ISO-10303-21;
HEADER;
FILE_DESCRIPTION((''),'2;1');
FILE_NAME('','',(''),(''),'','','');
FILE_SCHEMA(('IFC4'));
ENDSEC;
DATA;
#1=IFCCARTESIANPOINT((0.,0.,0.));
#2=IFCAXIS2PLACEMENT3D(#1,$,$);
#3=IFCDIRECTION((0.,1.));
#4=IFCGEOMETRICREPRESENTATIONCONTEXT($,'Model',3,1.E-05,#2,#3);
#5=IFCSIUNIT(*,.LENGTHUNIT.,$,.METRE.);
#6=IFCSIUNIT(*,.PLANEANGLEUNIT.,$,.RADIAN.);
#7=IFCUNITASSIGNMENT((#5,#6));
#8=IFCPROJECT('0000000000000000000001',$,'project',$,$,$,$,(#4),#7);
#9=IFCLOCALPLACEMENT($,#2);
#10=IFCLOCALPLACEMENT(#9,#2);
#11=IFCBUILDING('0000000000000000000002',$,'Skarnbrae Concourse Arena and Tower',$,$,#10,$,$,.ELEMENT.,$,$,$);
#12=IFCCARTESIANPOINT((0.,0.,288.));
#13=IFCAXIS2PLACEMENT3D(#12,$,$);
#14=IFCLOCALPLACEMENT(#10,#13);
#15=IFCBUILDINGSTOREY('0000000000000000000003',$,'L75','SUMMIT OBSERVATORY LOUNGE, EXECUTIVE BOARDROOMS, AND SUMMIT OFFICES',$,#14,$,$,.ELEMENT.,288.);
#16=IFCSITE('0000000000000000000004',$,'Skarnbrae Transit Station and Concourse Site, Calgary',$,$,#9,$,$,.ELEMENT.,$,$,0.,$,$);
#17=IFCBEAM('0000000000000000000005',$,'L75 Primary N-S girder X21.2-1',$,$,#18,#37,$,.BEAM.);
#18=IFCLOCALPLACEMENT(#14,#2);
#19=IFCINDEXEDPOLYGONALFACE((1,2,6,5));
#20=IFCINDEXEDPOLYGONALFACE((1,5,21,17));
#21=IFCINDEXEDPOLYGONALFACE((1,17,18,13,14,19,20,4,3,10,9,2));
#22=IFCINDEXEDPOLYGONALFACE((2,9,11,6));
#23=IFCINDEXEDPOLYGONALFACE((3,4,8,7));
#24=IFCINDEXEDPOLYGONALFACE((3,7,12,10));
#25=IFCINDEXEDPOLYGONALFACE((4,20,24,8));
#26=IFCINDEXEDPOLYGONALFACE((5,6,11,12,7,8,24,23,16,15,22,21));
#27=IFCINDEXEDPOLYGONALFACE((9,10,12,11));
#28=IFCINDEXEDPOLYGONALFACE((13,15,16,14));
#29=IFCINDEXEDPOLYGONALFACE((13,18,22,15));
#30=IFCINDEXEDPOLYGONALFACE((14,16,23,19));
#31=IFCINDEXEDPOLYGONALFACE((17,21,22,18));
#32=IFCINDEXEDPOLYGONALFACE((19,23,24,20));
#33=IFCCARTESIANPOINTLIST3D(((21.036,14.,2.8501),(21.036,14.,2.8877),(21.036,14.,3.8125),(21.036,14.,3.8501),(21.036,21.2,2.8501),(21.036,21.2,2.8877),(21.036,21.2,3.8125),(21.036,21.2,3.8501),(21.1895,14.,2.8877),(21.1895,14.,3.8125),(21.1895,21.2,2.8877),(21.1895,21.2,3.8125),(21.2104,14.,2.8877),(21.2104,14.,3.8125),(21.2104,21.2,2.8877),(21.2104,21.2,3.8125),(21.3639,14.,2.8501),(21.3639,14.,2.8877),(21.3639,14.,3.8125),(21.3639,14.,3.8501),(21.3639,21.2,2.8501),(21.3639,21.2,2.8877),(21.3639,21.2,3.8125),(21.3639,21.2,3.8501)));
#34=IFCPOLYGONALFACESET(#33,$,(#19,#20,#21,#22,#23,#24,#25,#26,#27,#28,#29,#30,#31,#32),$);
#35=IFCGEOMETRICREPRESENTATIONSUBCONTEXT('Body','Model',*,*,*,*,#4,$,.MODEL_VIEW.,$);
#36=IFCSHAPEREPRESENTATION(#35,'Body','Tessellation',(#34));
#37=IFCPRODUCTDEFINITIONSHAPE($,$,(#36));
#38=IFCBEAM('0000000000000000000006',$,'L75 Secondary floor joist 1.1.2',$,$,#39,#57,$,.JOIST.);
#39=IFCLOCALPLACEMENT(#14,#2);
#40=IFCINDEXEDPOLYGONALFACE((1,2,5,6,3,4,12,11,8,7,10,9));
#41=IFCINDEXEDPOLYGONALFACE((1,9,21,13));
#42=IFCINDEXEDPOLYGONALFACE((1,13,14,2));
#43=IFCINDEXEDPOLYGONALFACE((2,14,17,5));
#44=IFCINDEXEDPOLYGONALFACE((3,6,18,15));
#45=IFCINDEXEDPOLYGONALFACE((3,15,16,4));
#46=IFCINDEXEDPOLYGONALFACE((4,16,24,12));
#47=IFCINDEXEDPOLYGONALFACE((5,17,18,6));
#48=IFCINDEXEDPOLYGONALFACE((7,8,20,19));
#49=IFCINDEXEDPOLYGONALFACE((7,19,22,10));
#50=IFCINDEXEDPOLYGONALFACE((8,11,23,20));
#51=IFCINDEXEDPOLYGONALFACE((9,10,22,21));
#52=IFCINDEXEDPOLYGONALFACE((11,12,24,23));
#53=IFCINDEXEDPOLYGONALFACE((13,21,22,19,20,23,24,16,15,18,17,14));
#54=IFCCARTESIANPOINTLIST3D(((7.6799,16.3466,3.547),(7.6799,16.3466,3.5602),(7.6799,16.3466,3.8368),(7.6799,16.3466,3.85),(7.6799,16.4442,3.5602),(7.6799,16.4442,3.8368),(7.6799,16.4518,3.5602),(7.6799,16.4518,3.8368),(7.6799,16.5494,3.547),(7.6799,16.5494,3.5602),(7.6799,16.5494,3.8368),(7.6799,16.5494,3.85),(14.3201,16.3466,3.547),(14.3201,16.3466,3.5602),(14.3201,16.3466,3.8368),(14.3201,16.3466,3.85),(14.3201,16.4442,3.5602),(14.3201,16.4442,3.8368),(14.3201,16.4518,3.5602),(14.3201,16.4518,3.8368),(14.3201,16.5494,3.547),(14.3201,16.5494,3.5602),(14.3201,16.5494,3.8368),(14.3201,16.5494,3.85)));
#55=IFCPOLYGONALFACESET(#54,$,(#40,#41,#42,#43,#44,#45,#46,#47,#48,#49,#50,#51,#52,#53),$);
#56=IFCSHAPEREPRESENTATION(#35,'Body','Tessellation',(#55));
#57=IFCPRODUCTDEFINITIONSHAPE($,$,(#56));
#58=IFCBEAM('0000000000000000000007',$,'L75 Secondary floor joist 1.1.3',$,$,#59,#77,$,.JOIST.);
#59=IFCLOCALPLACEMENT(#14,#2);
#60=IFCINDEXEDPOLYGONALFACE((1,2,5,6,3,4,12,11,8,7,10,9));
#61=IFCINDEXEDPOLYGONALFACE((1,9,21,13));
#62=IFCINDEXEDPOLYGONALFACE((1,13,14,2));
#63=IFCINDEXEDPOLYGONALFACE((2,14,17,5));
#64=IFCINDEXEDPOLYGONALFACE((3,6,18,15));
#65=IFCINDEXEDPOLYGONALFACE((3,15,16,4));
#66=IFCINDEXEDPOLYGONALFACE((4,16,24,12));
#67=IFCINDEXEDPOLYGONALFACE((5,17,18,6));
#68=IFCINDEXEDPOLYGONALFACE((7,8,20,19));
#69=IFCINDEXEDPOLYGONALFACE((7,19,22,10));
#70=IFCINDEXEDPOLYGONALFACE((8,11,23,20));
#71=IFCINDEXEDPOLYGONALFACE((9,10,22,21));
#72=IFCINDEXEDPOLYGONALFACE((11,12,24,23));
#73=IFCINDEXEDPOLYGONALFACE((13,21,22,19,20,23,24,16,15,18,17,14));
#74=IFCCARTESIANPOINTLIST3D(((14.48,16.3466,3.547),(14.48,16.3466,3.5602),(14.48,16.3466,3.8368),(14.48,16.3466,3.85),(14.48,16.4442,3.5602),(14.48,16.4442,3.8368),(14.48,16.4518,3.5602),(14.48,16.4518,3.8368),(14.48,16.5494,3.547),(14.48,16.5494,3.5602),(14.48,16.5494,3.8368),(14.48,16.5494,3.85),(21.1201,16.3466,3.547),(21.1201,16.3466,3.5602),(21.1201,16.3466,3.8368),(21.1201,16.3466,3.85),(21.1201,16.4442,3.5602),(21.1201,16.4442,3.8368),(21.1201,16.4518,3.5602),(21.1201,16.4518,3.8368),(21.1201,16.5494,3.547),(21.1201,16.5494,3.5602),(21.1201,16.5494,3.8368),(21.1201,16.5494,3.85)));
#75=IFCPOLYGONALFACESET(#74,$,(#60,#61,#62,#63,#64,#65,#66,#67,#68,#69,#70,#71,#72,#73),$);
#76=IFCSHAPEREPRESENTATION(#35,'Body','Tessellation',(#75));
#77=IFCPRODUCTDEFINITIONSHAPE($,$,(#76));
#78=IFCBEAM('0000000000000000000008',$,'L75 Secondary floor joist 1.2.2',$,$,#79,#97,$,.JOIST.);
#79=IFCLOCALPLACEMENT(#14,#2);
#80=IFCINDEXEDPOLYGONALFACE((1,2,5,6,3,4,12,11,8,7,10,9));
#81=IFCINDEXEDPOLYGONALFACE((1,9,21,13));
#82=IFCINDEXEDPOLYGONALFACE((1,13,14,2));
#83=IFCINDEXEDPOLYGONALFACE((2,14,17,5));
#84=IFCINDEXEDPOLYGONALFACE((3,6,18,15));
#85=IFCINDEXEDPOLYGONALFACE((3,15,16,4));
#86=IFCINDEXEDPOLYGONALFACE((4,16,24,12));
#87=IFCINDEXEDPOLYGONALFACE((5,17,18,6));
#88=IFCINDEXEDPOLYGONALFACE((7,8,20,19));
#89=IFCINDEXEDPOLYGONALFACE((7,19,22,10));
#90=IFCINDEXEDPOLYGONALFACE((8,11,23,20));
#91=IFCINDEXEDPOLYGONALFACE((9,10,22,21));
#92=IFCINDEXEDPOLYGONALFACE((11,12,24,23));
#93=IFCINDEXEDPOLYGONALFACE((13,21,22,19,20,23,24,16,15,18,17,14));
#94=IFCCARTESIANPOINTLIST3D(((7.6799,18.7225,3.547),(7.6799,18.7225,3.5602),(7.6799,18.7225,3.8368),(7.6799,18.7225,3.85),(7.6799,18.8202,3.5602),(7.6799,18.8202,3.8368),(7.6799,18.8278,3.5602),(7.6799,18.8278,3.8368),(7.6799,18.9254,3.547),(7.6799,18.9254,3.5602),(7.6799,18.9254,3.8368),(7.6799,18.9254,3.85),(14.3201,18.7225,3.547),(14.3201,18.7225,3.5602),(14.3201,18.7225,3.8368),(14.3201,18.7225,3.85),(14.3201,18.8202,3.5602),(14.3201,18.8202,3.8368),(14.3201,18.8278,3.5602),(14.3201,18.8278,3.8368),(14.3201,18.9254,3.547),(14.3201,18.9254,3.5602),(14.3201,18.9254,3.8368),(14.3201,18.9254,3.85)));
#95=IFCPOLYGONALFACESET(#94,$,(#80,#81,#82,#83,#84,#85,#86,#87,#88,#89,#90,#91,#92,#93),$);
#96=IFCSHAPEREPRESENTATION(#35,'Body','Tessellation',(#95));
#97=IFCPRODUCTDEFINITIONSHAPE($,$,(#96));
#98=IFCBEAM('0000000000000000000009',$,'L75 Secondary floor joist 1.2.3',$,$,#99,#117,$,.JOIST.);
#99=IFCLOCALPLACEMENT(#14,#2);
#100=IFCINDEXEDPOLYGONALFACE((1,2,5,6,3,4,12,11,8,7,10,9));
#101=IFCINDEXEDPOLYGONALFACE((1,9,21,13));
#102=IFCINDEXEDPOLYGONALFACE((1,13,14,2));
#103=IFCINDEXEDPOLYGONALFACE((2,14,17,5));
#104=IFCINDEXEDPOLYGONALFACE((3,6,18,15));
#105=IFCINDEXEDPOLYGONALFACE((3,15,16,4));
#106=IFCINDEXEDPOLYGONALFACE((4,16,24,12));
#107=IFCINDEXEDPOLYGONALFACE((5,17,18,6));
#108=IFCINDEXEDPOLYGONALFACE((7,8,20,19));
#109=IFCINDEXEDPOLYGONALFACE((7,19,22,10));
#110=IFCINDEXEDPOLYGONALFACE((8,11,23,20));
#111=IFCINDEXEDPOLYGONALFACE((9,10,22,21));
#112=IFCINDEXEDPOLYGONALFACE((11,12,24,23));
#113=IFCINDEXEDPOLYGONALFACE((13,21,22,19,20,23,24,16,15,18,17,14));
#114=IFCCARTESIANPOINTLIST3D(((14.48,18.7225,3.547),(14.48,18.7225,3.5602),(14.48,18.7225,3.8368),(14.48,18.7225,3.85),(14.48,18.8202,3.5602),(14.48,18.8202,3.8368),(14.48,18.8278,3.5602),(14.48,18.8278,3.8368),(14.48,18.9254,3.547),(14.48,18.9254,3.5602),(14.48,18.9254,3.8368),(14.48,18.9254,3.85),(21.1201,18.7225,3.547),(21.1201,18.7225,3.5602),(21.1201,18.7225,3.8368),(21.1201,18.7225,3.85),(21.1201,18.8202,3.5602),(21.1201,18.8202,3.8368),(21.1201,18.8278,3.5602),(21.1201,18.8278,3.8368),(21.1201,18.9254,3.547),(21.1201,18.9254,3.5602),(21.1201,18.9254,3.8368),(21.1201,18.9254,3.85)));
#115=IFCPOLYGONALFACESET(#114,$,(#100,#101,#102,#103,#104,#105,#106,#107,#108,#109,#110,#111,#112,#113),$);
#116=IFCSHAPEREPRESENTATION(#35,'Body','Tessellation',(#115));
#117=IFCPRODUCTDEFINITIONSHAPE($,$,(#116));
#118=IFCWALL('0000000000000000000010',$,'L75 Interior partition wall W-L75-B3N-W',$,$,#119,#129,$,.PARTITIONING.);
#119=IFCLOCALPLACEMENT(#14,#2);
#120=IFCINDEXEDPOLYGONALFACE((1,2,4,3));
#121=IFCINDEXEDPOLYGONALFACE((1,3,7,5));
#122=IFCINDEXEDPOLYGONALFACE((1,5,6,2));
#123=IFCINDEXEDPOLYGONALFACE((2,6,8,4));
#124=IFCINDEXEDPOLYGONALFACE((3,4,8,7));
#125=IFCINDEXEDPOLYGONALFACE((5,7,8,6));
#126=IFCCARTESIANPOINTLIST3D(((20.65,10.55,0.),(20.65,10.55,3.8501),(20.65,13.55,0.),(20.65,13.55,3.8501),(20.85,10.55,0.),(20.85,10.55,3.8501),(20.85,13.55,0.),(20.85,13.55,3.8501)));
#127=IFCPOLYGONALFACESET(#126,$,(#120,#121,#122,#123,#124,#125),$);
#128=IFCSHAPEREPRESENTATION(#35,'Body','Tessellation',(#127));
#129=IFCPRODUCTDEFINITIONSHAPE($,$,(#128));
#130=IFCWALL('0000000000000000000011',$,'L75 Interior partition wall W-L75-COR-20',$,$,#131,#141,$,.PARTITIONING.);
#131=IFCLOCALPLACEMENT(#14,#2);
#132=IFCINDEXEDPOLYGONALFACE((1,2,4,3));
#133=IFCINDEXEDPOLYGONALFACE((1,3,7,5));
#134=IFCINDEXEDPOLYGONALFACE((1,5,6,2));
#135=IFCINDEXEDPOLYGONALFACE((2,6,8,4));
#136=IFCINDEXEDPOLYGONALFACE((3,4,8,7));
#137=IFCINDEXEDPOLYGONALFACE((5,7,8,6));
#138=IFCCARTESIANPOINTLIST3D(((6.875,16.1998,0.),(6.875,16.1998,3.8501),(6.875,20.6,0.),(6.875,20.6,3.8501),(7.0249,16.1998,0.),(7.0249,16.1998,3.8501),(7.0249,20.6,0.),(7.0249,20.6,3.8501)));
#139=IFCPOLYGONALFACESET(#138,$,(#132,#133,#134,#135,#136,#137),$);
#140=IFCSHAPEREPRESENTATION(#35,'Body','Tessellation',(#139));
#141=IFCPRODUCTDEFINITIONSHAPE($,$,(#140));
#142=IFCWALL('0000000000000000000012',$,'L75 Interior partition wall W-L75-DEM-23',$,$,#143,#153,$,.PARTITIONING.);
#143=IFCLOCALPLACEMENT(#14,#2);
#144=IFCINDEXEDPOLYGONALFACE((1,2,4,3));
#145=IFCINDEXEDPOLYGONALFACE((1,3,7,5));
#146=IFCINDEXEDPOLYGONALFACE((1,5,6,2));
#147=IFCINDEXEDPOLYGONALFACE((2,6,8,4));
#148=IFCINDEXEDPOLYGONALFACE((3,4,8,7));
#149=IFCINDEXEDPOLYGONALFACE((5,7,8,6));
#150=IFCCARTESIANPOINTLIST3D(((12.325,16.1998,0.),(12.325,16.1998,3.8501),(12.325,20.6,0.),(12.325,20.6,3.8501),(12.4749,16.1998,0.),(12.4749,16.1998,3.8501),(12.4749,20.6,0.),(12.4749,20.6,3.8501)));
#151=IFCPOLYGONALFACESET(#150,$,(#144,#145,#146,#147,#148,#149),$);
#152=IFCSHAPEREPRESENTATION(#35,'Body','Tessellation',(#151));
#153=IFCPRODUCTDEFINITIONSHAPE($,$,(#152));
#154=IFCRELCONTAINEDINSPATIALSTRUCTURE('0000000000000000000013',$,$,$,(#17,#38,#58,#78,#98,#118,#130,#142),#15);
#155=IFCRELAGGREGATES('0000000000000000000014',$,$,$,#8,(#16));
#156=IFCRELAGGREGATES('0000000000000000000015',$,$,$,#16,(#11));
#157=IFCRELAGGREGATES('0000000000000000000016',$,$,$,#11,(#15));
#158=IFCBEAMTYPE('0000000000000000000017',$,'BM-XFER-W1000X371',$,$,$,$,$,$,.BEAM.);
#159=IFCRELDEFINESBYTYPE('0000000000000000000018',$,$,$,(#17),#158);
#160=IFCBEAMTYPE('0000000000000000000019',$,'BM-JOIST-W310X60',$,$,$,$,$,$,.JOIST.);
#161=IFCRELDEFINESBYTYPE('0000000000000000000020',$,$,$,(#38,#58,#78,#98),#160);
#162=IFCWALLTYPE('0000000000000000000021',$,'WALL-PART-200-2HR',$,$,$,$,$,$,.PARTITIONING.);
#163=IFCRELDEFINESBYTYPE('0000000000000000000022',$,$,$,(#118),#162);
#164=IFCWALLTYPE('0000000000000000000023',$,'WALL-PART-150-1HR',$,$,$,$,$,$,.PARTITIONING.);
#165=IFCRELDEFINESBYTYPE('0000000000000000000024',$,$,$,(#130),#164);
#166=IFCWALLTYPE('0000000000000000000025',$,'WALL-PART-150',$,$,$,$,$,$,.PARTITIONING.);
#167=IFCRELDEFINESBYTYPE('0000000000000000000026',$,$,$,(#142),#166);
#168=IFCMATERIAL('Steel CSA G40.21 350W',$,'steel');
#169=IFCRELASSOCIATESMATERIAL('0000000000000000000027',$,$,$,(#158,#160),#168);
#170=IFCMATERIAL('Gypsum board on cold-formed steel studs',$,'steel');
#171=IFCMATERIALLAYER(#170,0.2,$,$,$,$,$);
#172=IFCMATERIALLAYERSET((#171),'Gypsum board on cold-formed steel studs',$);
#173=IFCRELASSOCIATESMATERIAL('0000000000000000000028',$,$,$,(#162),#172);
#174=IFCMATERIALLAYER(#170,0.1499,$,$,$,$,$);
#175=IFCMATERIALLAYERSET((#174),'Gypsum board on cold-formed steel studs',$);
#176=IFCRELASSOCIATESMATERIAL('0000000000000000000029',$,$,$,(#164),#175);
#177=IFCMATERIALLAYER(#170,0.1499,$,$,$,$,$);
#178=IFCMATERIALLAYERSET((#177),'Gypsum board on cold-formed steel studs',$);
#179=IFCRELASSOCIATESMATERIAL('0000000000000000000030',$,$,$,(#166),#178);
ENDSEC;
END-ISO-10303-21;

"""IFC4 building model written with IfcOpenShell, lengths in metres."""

from ifc_helpers import new_model, si_unit, direction, frame, frame_2d, origin, origin_2d, place, context, subcontext, project, spatial, rectangle, i_section, extrude, source, transform, mapped, material, layer, layer_set, material_profile, profile_set, type_object, element, save


model = new_model("IFC4")

# Units and contexts
model_context = context("Model", 3, precision=1e-05, world=origin(), true_north=direction((0.0, 1.0)))
body_context = subcontext(model_context, "Body", "Model", "MODEL_VIEW")
ifc_project = project(units=[si_unit("LENGTHUNIT", "METRE"), si_unit("PLANEANGLEUNIT", "RADIAN")], contexts=[model_context])

# Site, building, storey
site_placement = place(None, origin())
site = spatial("IfcSite", under=ifc_project, at=site_placement, Name="Skarnbrae Transit Station and Concourse Site, Calgary", CompositionType="ELEMENT", RefElevation=0.0)
building_placement = place(site_placement, origin())
building = spatial("IfcBuilding", under=site, at=building_placement, Name="Skarnbrae Concourse Arena and Tower", CompositionType="ELEMENT")
storey_placement = place(building_placement, frame((0.0, 0.0, 288.0)))
storey = spatial("IfcBuildingStorey", under=building, at=storey_placement, Name="L75", Description="SUMMIT OBSERVATORY LOUNGE, EXECUTIVE BOARDROOMS, AND SUMMIT OFFICES", CompositionType="ELEMENT", Elevation=288.0)

# Shared definitions
ifc_material_1 = material(Name="Steel CSA G40.21 350W", Category="steel")

# Beams
ifc_material_profile_1 = material_profile(ifc_material_1, i_section(OverallWidth=0.3279, OverallDepth=1.0, WebThickness=0.021, FlangeThickness=0.0376, at=origin_2d()), Name="W1000X371")
ifc_profile_set_1 = profile_set([ifc_material_profile_1], Name="Steel CSA G40.21 350W")
beam_type_1 = type_object("IfcBeamType", Name="BM-XFER-W1000X371", PredefinedType="BEAM", material=ifc_profile_set_1)
shared_shape_1 = source(origin(), body_context, "Body", "SweptSolid", [
    extrude(i_section(OverallWidth=0.3279, OverallDepth=1.0, WebThickness=0.021, FlangeThickness=0.0376, at=origin_2d()), origin(), (0.0, 0.0, 1.0), 7.2),
])
for number, where, z_axis, x_axis, name in (
    (1, (21.2, 14.0, 3.3501), (0.0, 1.0, 0.0), (-1.0, 0.0, 0.0), "L75 Primary N-S girder X21.2-1"),
):
    element("IfcBeam", number, at=place(storey_placement, frame(where, z_axis=z_axis, x_axis=x_axis)), inside=storey, type_object=beam_type_1, Name=name, PredefinedType="BEAM", context=body_context, shape_type="MappedRepresentation", body=[
        mapped(shared_shape_1, transform((0.0, 0.0, 0.0))),
    ])
ifc_material_profile_2 = material_profile(ifc_material_1, i_section(OverallWidth=0.2029, OverallDepth=0.303, WebThickness=0.0076, FlangeThickness=0.0132, at=origin_2d()), Name="W310X60")
ifc_profile_set_2 = profile_set([ifc_material_profile_2], Name="Steel CSA G40.21 350W")
beam_type_2 = type_object("IfcBeamType", Name="BM-JOIST-W310X60", PredefinedType="JOIST", material=ifc_profile_set_2)
shared_shape_2 = source(origin(), body_context, "Body", "SweptSolid", [
    extrude(i_section(OverallWidth=0.2029, OverallDepth=0.303, WebThickness=0.0076, FlangeThickness=0.0132, at=origin_2d()), origin(), (0.0, 0.0, 1.0), 6.6401),
])
for number, where, z_axis, x_axis, name in (
    (2, (7.6799, 16.448, 3.6985), (1.0, 0.0, 0.0), (0.0, 1.0, 0.0), "L75 Secondary floor joist 1.1.2"),
    (3, (14.48, 16.448, 3.6985), (1.0, 0.0, 0.0), (0.0, 1.0, 0.0), "L75 Secondary floor joist 1.1.3"),
    (4, (7.6799, 18.824, 3.6985), (1.0, 0.0, 0.0), (0.0, 1.0, 0.0), "L75 Secondary floor joist 1.2.2"),
    (5, (14.48, 18.824, 3.6985), (1.0, 0.0, 0.0), (0.0, 1.0, 0.0), "L75 Secondary floor joist 1.2.3"),
):
    element("IfcBeam", number, at=place(storey_placement, frame(where, z_axis=z_axis, x_axis=x_axis)), inside=storey, type_object=beam_type_2, Name=name, PredefinedType="JOIST", context=body_context, shape_type="MappedRepresentation", body=[
        mapped(shared_shape_2, transform((0.0, 0.0, 0.0))),
    ])

# Shared definitions
ifc_material_2 = material(Name="Gypsum board on cold-formed steel studs", Category="steel")
ifc_layer_1 = layer(ifc_material_2, 0.2)
ifc_layer_set_1 = layer_set([ifc_layer_1], Name="Gypsum board on cold-formed steel studs")
wall_type_1 = type_object("IfcWallType", Name="WALL-PART-200-2HR", PredefinedType="PARTITIONING", material=ifc_layer_set_1)

# Walls
shared_shape_3 = source(origin(), body_context, "Body", "SweptSolid", [
    extrude(rectangle(XDim=3.0, YDim=0.2, at=frame_2d((1.5, 0.0))), origin(), (0.0, 0.0, 1.0), 3.8501),
])
wall_1_placement = place(storey_placement, frame((20.75, 10.55, 0.0), z_axis=(0.0, 0.0, 1.0), x_axis=(0.0, 1.0, 0.0)))
element("IfcWall", 6, at=wall_1_placement, inside=storey, type_object=wall_type_1, Name="L75 Interior partition wall W-L75-B3N-W", PredefinedType="PARTITIONING", context=body_context, shape_type="MappedRepresentation", body=[
    mapped(shared_shape_3, transform((0.0, 0.0, 0.0))),
])
ifc_layer_2 = layer(ifc_material_2, 0.1499)
ifc_layer_set_2 = layer_set([ifc_layer_2], Name="Gypsum board on cold-formed steel studs")
wall_type_2 = type_object("IfcWallType", Name="WALL-PART-150-1HR", PredefinedType="PARTITIONING", material=ifc_layer_set_2)
shared_shape_4 = source(origin(), body_context, "Body", "SweptSolid", [
    extrude(rectangle(XDim=4.4001, YDim=0.1499, at=frame_2d((2.2002, 0.0))), origin(), (0.0, 0.0, 1.0), 3.8501),
])
wall_2_placement = place(storey_placement, frame((6.95, 20.6001, 0.0), z_axis=(0.0, 0.0, 1.0), x_axis=(0.0, -1.0, 0.0)))
element("IfcWall", 7, at=wall_2_placement, inside=storey, type_object=wall_type_2, Name="L75 Interior partition wall W-L75-COR-20", PredefinedType="PARTITIONING", context=body_context, shape_type="MappedRepresentation", body=[
    mapped(shared_shape_4, transform((0.0, 0.0, 0.0))),
])
ifc_layer_3 = layer(ifc_material_2, 0.1499)
ifc_layer_set_3 = layer_set([ifc_layer_3], Name="Gypsum board on cold-formed steel studs")
wall_type_3 = type_object("IfcWallType", Name="WALL-PART-150", PredefinedType="PARTITIONING", material=ifc_layer_set_3)
wall_3_placement = place(storey_placement, frame((12.3999, 20.6001, 0.0), z_axis=(0.0, 0.0, 1.0), x_axis=(0.0, -1.0, 0.0)))
element("IfcWall", 8, at=wall_3_placement, inside=storey, type_object=wall_type_3, Name="L75 Interior partition wall W-L75-DEM-23", PredefinedType="PARTITIONING", context=body_context, shape_type="MappedRepresentation", body=[
    mapped(shared_shape_4, transform((0.0, 0.0, 0.0))),
])

save(model, "model.ifc")
